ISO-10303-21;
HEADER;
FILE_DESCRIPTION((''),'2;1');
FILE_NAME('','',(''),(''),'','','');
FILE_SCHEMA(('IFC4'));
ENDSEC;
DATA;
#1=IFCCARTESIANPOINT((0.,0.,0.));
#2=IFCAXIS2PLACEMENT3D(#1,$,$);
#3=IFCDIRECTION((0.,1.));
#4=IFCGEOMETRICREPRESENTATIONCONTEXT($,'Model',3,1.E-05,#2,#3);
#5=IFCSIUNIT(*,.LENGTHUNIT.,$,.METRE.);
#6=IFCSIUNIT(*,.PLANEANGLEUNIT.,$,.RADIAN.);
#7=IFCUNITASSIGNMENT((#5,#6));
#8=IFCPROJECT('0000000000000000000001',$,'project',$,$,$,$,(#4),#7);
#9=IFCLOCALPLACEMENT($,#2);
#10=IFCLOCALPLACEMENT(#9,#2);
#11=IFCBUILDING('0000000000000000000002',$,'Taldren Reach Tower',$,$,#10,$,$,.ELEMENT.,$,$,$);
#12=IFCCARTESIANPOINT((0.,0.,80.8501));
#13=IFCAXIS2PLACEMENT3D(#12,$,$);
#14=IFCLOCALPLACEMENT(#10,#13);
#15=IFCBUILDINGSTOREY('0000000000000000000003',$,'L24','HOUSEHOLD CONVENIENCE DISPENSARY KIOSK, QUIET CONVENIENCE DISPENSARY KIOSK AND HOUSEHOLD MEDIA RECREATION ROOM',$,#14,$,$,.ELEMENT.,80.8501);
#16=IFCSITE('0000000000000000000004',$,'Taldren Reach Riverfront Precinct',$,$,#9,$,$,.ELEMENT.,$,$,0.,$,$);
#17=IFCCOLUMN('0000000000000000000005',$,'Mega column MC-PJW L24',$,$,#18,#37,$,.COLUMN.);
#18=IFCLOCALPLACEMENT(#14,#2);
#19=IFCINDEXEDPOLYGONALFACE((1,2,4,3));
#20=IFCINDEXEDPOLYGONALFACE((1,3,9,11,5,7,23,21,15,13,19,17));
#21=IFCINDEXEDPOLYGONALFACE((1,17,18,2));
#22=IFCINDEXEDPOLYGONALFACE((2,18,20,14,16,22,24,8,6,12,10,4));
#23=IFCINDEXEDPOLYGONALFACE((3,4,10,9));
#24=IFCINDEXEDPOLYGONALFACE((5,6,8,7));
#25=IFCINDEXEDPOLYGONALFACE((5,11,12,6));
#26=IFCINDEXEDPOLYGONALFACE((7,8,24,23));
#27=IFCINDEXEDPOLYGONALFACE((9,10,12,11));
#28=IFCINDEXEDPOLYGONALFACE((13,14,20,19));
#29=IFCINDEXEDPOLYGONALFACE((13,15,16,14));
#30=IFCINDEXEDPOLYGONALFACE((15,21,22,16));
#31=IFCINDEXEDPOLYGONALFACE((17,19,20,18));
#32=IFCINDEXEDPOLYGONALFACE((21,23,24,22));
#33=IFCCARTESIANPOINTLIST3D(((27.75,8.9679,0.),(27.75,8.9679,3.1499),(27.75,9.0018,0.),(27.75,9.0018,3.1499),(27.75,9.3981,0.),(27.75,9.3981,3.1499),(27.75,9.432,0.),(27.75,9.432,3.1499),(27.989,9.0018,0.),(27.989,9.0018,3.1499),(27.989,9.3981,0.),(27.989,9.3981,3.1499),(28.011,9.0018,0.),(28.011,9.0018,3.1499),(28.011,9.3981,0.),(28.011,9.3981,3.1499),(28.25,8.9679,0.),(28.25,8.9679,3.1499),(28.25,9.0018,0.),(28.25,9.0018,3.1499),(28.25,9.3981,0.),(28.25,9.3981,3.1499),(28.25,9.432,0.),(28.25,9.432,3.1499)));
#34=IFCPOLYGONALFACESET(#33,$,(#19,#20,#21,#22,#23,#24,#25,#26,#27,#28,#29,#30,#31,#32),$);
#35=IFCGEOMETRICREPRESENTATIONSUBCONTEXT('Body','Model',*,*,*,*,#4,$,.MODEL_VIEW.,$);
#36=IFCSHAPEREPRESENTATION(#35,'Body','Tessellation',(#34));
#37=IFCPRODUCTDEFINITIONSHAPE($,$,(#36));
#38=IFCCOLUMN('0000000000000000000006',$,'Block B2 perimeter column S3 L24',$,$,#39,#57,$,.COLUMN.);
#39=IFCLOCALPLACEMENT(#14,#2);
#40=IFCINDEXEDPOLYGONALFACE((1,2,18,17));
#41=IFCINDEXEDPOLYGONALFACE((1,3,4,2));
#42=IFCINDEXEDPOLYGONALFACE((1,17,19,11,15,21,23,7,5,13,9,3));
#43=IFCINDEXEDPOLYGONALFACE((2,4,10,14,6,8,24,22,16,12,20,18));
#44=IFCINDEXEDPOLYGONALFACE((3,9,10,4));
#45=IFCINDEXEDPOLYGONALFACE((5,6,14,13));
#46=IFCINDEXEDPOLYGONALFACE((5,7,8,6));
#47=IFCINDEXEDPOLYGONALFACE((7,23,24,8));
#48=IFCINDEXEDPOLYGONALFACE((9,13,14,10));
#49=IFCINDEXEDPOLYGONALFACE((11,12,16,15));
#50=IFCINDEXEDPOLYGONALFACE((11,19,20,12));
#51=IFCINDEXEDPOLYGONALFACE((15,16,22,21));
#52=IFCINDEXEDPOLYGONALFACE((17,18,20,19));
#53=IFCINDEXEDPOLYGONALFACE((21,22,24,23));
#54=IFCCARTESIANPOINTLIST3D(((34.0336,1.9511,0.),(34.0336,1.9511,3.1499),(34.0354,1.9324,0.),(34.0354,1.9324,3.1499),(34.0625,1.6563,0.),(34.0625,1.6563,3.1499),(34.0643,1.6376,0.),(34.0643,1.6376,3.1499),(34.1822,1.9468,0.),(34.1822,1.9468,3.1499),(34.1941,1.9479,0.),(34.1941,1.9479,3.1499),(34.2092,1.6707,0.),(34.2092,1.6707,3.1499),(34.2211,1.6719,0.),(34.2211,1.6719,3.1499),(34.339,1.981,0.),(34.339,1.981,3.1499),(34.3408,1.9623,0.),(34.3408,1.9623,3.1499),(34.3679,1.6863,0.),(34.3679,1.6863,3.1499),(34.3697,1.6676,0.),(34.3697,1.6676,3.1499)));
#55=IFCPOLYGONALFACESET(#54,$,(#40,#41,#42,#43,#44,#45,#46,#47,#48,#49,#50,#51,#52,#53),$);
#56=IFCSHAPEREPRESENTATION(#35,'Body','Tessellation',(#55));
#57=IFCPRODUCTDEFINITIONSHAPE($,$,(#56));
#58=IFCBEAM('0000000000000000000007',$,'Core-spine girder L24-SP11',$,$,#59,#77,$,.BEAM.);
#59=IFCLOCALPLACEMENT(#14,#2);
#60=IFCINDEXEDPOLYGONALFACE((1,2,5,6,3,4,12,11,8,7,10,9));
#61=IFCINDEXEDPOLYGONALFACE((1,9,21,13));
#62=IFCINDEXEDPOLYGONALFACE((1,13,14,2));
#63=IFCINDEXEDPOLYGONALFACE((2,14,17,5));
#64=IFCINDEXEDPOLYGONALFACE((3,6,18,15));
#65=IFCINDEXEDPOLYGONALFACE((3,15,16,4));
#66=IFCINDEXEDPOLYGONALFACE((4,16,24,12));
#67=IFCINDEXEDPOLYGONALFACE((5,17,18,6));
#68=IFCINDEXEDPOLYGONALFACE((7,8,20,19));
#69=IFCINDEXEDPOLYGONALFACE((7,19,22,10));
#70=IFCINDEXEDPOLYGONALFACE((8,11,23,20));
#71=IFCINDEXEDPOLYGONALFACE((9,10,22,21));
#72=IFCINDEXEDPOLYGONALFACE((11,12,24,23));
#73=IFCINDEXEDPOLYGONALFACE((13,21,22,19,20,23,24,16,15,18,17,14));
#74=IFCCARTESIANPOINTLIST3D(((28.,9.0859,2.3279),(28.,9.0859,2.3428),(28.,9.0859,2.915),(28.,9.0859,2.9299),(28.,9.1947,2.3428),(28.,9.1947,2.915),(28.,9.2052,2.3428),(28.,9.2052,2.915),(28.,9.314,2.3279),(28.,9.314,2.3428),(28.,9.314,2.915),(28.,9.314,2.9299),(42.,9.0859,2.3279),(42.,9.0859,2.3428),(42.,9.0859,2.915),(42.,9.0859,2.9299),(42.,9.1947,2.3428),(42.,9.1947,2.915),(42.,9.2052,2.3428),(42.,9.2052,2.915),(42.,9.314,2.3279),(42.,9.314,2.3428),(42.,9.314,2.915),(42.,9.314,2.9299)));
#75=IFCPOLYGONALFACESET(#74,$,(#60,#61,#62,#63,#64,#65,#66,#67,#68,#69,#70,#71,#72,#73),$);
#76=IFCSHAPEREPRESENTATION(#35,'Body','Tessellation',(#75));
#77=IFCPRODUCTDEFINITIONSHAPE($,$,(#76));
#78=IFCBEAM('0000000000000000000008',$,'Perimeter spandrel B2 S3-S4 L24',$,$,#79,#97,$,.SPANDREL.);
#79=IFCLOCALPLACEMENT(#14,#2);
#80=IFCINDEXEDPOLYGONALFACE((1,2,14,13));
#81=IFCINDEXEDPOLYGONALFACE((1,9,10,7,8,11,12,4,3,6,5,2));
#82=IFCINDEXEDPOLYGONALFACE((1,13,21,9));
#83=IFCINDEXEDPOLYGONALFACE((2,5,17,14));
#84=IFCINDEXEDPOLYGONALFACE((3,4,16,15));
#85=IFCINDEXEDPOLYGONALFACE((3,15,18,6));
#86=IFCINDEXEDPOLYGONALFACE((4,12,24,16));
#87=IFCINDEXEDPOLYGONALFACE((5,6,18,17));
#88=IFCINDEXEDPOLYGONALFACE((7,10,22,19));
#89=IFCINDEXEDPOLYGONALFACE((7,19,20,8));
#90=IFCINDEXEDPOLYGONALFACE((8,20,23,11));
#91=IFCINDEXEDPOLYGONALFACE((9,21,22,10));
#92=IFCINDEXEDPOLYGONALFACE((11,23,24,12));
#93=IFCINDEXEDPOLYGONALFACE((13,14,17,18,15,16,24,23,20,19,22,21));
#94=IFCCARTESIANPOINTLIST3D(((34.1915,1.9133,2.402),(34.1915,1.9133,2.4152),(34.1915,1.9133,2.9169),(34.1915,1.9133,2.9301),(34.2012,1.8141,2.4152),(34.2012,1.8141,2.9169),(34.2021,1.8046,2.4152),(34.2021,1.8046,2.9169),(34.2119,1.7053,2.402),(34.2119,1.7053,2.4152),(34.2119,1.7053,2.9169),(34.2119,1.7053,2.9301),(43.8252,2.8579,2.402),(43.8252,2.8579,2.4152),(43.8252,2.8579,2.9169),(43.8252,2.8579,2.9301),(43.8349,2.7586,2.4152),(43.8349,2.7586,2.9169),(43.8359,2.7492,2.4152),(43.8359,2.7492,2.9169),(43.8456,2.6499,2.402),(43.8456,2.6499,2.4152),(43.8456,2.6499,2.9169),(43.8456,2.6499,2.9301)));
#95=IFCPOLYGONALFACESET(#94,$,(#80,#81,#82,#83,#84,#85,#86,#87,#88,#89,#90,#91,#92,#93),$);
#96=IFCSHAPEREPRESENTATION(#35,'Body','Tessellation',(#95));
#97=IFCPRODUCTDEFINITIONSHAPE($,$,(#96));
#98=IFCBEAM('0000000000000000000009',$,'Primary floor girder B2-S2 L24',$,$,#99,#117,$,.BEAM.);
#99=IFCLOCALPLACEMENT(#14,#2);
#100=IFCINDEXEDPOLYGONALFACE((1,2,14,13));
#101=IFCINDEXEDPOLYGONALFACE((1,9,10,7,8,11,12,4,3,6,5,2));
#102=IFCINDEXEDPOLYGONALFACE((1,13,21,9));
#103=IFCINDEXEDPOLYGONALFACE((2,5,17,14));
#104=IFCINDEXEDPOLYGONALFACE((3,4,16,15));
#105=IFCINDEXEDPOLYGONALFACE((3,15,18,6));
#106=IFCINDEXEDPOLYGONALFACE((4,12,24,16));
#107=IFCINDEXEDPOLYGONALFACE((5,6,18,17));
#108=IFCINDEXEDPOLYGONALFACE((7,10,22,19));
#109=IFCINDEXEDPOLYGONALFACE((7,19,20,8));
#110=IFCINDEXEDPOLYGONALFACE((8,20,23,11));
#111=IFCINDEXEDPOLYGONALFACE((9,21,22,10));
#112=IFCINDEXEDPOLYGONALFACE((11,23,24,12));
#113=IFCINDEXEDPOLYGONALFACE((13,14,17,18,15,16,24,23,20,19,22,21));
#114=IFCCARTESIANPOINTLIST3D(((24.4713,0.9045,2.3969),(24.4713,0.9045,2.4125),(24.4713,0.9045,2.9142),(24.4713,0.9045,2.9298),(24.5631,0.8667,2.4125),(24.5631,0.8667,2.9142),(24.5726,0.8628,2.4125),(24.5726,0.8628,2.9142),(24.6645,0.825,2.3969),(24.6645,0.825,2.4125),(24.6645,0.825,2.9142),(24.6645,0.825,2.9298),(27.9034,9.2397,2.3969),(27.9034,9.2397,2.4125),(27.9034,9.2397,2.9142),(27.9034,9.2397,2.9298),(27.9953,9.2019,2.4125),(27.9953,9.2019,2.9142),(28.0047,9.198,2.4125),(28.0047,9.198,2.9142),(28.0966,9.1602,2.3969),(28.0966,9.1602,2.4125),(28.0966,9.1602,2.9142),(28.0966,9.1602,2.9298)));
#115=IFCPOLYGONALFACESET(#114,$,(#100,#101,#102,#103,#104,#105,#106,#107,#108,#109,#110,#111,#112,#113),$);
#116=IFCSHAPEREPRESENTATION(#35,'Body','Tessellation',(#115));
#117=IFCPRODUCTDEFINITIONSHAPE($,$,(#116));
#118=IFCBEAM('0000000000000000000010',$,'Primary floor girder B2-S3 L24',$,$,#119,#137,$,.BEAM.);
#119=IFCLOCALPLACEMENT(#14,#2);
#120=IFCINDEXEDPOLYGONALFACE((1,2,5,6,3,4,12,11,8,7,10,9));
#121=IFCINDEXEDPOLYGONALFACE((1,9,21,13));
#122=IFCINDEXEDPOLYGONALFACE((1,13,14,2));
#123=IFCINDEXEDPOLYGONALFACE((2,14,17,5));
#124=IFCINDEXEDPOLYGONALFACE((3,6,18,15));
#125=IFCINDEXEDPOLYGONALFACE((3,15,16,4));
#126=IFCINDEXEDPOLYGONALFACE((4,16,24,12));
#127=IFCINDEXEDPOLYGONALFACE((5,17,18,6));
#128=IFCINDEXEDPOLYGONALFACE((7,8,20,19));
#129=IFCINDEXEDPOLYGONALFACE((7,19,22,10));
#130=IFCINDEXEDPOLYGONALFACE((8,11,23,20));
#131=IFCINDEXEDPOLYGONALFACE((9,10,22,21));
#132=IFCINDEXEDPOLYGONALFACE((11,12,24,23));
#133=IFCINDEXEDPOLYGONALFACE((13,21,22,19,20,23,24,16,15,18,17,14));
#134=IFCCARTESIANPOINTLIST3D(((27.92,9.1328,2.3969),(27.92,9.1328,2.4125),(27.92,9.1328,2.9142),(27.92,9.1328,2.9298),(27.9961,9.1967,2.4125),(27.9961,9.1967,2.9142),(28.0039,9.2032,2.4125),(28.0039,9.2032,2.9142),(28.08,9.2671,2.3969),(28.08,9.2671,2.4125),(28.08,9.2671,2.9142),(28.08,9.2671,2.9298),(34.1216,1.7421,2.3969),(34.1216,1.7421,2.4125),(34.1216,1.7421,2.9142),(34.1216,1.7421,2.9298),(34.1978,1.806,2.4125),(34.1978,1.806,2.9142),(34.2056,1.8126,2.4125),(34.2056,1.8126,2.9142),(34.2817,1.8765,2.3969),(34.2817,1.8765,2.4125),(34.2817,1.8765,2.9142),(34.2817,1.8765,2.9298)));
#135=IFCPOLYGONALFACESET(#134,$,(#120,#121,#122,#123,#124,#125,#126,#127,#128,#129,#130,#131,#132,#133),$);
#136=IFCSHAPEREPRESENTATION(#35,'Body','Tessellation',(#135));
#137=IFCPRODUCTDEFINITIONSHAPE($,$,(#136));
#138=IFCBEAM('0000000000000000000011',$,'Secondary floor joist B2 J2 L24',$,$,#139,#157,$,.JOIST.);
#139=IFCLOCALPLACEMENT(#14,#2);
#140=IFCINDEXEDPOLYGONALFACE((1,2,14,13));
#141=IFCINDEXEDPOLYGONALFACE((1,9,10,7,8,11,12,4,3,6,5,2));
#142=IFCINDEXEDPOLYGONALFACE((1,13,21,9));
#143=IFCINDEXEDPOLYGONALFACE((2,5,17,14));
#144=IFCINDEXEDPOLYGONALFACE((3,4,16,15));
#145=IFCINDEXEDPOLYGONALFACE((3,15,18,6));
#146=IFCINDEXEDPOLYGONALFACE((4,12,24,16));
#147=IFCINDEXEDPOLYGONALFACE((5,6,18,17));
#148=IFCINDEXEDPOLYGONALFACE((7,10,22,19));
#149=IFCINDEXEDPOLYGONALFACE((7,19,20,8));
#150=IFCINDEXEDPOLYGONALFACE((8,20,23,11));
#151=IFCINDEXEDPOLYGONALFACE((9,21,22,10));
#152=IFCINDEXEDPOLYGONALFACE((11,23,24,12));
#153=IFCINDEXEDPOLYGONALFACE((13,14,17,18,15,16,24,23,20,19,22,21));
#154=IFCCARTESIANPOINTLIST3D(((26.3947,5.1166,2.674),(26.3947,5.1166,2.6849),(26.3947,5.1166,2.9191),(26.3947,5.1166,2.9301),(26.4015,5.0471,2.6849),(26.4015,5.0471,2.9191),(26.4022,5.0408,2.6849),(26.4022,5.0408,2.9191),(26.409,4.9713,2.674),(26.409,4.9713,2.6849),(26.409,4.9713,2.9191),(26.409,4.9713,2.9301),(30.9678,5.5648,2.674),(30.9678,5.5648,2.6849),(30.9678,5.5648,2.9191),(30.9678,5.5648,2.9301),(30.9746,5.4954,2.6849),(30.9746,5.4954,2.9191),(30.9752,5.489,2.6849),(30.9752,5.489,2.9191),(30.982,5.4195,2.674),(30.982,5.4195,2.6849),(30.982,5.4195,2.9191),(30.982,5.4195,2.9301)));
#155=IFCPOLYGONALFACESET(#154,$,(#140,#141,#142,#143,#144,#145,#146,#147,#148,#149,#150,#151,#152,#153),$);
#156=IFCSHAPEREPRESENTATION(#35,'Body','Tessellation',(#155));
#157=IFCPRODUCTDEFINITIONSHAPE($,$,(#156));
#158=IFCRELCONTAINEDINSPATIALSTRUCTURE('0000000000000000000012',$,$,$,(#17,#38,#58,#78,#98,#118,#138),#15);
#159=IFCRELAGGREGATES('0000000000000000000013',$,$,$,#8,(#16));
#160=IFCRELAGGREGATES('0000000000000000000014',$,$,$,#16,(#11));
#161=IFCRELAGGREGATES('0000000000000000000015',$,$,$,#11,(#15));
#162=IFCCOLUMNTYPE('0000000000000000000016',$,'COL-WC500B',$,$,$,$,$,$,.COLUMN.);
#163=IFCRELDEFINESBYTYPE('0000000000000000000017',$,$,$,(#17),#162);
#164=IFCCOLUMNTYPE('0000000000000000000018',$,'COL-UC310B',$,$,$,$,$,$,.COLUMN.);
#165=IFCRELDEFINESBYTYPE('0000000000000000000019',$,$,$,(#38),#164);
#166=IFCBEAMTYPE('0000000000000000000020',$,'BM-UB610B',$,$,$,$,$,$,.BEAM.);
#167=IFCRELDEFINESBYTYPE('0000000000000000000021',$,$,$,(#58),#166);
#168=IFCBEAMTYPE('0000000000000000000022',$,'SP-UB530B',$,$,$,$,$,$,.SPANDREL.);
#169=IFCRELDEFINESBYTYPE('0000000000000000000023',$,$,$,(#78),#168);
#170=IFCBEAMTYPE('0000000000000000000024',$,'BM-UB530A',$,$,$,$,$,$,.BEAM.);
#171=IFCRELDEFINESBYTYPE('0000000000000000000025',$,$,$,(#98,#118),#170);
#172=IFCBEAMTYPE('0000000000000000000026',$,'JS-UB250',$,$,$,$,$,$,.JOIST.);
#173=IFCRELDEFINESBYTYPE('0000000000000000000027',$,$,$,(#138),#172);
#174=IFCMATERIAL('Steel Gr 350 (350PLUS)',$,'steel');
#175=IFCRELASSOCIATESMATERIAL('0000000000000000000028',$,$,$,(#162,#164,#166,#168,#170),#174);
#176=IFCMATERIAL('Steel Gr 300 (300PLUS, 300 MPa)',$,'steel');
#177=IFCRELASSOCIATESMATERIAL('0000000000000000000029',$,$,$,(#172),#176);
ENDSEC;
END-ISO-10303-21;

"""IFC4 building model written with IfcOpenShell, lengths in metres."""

from ifc_helpers import new_model, si_unit, direction, frame, origin, origin_2d, place, context, subcontext, project, spatial, i_section, extrude, source, transform, mapped, material, material_profile, profile_set, type_object, element, save


model = new_model("IFC4")

# Units and contexts
model_context = context("Model", 3, precision=1e-05, world=origin(), true_north=direction((0.0, 1.0)))
body_context = subcontext(model_context, "Body", "Model", "MODEL_VIEW")
ifc_project = project(units=[si_unit("LENGTHUNIT", "METRE"), si_unit("PLANEANGLEUNIT", "RADIAN")], contexts=[model_context])

# Site, building, storey
site_placement = place(None, origin())
site = spatial("IfcSite", under=ifc_project, at=site_placement, Name="Taldren Reach Riverfront Precinct", CompositionType="ELEMENT", RefElevation=0.0)
building_placement = place(site_placement, origin())
building = spatial("IfcBuilding", under=site, at=building_placement, Name="Taldren Reach Tower", CompositionType="ELEMENT")
storey_placement = place(building_placement, frame((0.0, 0.0, 80.8501)))
storey = spatial("IfcBuildingStorey", under=building, at=storey_placement, Name="L24", Description="HOUSEHOLD CONVENIENCE DISPENSARY KIOSK, QUIET CONVENIENCE DISPENSARY KIOSK AND HOUSEHOLD MEDIA RECREATION ROOM", CompositionType="ELEMENT", Elevation=80.8501)

# Columns
ifc_material_1 = material(Name="Steel Gr 350 (350PLUS)", Category="steel")
ifc_material_profile_1 = material_profile(ifc_material_1, i_section(OverallWidth=0.5, OverallDepth=0.4641, WebThickness=0.022, FlangeThickness=0.0339, at=origin_2d()), Name="500WC340")
ifc_profile_set_1 = profile_set([ifc_material_profile_1], Name="Steel Gr 350 (350PLUS)")
column_type_1 = type_object("IfcColumnType", Name="COL-WC500B", PredefinedType="COLUMN", material=ifc_profile_set_1)
shared_shape_1 = source(origin(), body_context, "Body", "SweptSolid", [
    extrude(i_section(OverallWidth=0.5, OverallDepth=0.4641, WebThickness=0.022, FlangeThickness=0.0339, at=origin_2d()), origin(), (0.0, 0.0, 1.0), 3.1499),
])
column_1_placement = place(storey_placement, frame((28.0, 9.2, 0.0), z_axis=(0.0, 0.0, 1.0), x_axis=(1.0, 0.0, 0.0)))
element("IfcColumn", 1, at=column_1_placement, inside=storey, type_object=column_type_1, Name="Mega column MC-PJW L24", PredefinedType="COLUMN", context=body_context, shape_type="MappedRepresentation", body=[
    mapped(shared_shape_1, transform((0.0, 0.0, 0.0), scale=1.0)),
])
ifc_material_profile_2 = material_profile(ifc_material_1, i_section(OverallWidth=0.3069, OverallDepth=0.3149, WebThickness=0.012, FlangeThickness=0.0188, at=origin_2d()), Name="310UC118")
ifc_profile_set_2 = profile_set([ifc_material_profile_2], Name="Steel Gr 350 (350PLUS)")
column_type_2 = type_object("IfcColumnType", Name="COL-UC310B", PredefinedType="COLUMN", material=ifc_profile_set_2)
shared_shape_2 = source(origin(), body_context, "Body", "SweptSolid", [
    extrude(i_section(OverallWidth=0.3069, OverallDepth=0.3149, WebThickness=0.012, FlangeThickness=0.0188, at=origin_2d()), origin(), (0.0, 0.0, 1.0), 3.1499),
])
column_2_placement = place(storey_placement, frame((34.2017, 1.8093, 0.0), z_axis=(0.0, 0.0, 1.0), x_axis=(0.995227, 0.097583, 0.0)))
element("IfcColumn", 2, at=column_2_placement, inside=storey, type_object=column_type_2, Name="Block B2 perimeter column S3 L24", PredefinedType="COLUMN", context=body_context, shape_type="MappedRepresentation", body=[
    mapped(shared_shape_2, transform((0.0, 0.0, 0.0), scale=1.0)),
])

# Beams
ifc_material_profile_3 = material_profile(ifc_material_1, i_section(OverallWidth=0.228, OverallDepth=0.6021, WebThickness=0.0105, FlangeThickness=0.0149, at=origin_2d()), Name="610UB101")
ifc_profile_set_3 = profile_set([ifc_material_profile_3], Name="Steel Gr 350 (350PLUS)")
beam_type_1 = type_object("IfcBeamType", Name="BM-UB610B", PredefinedType="BEAM", material=ifc_profile_set_3)
shared_shape_3 = source(origin(), body_context, "Body", "SweptSolid", [
    extrude(i_section(OverallWidth=0.228, OverallDepth=0.6021, WebThickness=0.0105, FlangeThickness=0.0149, at=origin_2d()), origin(), (0.0, 0.0, 1.0), 14.0),
])
beam_1_placement = place(storey_placement, frame((28.0, 9.2, 2.6289), z_axis=(1.0, 0.0, 0.0), x_axis=(0.0, 1.0, 0.0)))
element("IfcBeam", 3, at=beam_1_placement, inside=storey, type_object=beam_type_1, Name="Core-spine girder L24-SP11", PredefinedType="BEAM", context=body_context, shape_type="MappedRepresentation", body=[
    mapped(shared_shape_3, transform((0.0, 0.0, 0.0), scale=1.0)),
])
ifc_material_profile_4 = material_profile(ifc_material_1, i_section(OverallWidth=0.209, OverallDepth=0.5281, WebThickness=0.0095, FlangeThickness=0.0132, at=origin_2d()), Name="530UB82.0")
ifc_profile_set_4 = profile_set([ifc_material_profile_4], Name="Steel Gr 350 (350PLUS)")
beam_type_2 = type_object("IfcBeamType", Name="SP-UB530B", PredefinedType="SPANDREL", material=ifc_profile_set_4)
shared_shape_4 = source(origin(), body_context, "Body", "SweptSolid", [
    extrude(i_section(OverallWidth=0.209, OverallDepth=0.5281, WebThickness=0.0095, FlangeThickness=0.0132, at=origin_2d()), origin(), (0.0, 0.0, 1.0), 9.6799),
])
beam_2_placement = place(storey_placement, frame((34.2017, 1.8093, 2.666), z_axis=(0.995228, 0.097581, 0.0), x_axis=(-0.097581, 0.995228, 0.0)))
element("IfcBeam", 4, at=beam_2_placement, inside=storey, type_object=beam_type_2, Name="Perimeter spandrel B2 S3-S4 L24", PredefinedType="SPANDREL", context=body_context, shape_type="MappedRepresentation", body=[
    mapped(shared_shape_4, transform((0.0, 0.0, 0.0), scale=1.0)),
])
ifc_material_profile_5 = material_profile(ifc_material_1, i_section(OverallWidth=0.209, OverallDepth=0.533, WebThickness=0.0103, FlangeThickness=0.0156, at=origin_2d()), Name="530UB92.4")
ifc_profile_set_5 = profile_set([ifc_material_profile_5], Name="Steel Gr 350 (350PLUS)")
beam_type_3 = type_object("IfcBeamType", Name="BM-UB530A", PredefinedType="BEAM", material=ifc_profile_set_5)
shared_shape_5 = source(origin(), body_context, "Body", "SweptSolid", [
    extrude(i_section(OverallWidth=0.209, OverallDepth=0.533, WebThickness=0.0103, FlangeThickness=0.0156, at=origin_2d()), origin(), (0.0, 0.0, 1.0), 9.0142),
])
beam_3_placement = place(storey_placement, frame((28.0, 9.2, 2.6633), z_axis=(-0.380748, -0.924679, 0.0), x_axis=(0.924679, -0.380748, 0.0)))
element("IfcBeam", 5, at=beam_3_placement, inside=storey, type_object=beam_type_3, Name="Primary floor girder B2-S2 L24", PredefinedType="BEAM", context=body_context, shape_type="MappedRepresentation", body=[
    mapped(shared_shape_5, transform((0.0, 0.0, 0.0), scale=1.0)),
])
shared_shape_6 = source(origin(), body_context, "Body", "SweptSolid", [
    extrude(i_section(OverallWidth=0.209, OverallDepth=0.533, WebThickness=0.0103, FlangeThickness=0.0156, at=origin_2d()), origin(), (0.0, 0.0, 1.0), 9.6479),
])
beam_4_placement = place(storey_placement, frame((28.0, 9.2, 2.6633), z_axis=(0.642799, -0.766035, 0.0), x_axis=(0.766035, 0.642799, 0.0)))
element("IfcBeam", 6, at=beam_4_placement, inside=storey, type_object=beam_type_3, Name="Primary floor girder B2-S3 L24", PredefinedType="BEAM", context=body_context, shape_type="MappedRepresentation", body=[
    mapped(shared_shape_6, transform((0.0, 0.0, 0.0), scale=1.0)),
])
ifc_material_2 = material(Name="Steel Gr 300 (300PLUS, 300 MPa)", Category="steel")
ifc_material_profile_6 = material_profile(ifc_material_2, i_section(OverallWidth=0.146, OverallDepth=0.2561, WebThickness=0.0063, FlangeThickness=0.011, at=origin_2d()), Name="250UB37.3")
ifc_profile_set_6 = profile_set([ifc_material_profile_6], Name="Steel Gr 300 (300PLUS, 300 MPa)")
beam_type_4 = type_object("IfcBeamType", Name="JS-UB250", PredefinedType="JOIST", material=ifc_profile_set_6)
shared_shape_7 = source(origin(), body_context, "Body", "SweptSolid", [
    extrude(i_section(OverallWidth=0.146, OverallDepth=0.2561, WebThickness=0.0063, FlangeThickness=0.011, at=origin_2d()), origin(), (0.0, 0.0, 1.0), 4.595),
])
beam_5_placement = place(storey_placement, frame((26.4019, 5.0439, 2.802), z_axis=(0.99523, 0.097552, 0.0), x_axis=(-0.097552, 0.99523, 0.0)))
element("IfcBeam", 7, at=beam_5_placement, inside=storey, type_object=beam_type_4, Name="Secondary floor joist B2 J2 L24", PredefinedType="JOIST", context=body_context, shape_type="MappedRepresentation", body=[
    mapped(shared_shape_7, transform((0.0, 0.0, 0.0), scale=1.0)),
])

save(model, "model.ifc")
